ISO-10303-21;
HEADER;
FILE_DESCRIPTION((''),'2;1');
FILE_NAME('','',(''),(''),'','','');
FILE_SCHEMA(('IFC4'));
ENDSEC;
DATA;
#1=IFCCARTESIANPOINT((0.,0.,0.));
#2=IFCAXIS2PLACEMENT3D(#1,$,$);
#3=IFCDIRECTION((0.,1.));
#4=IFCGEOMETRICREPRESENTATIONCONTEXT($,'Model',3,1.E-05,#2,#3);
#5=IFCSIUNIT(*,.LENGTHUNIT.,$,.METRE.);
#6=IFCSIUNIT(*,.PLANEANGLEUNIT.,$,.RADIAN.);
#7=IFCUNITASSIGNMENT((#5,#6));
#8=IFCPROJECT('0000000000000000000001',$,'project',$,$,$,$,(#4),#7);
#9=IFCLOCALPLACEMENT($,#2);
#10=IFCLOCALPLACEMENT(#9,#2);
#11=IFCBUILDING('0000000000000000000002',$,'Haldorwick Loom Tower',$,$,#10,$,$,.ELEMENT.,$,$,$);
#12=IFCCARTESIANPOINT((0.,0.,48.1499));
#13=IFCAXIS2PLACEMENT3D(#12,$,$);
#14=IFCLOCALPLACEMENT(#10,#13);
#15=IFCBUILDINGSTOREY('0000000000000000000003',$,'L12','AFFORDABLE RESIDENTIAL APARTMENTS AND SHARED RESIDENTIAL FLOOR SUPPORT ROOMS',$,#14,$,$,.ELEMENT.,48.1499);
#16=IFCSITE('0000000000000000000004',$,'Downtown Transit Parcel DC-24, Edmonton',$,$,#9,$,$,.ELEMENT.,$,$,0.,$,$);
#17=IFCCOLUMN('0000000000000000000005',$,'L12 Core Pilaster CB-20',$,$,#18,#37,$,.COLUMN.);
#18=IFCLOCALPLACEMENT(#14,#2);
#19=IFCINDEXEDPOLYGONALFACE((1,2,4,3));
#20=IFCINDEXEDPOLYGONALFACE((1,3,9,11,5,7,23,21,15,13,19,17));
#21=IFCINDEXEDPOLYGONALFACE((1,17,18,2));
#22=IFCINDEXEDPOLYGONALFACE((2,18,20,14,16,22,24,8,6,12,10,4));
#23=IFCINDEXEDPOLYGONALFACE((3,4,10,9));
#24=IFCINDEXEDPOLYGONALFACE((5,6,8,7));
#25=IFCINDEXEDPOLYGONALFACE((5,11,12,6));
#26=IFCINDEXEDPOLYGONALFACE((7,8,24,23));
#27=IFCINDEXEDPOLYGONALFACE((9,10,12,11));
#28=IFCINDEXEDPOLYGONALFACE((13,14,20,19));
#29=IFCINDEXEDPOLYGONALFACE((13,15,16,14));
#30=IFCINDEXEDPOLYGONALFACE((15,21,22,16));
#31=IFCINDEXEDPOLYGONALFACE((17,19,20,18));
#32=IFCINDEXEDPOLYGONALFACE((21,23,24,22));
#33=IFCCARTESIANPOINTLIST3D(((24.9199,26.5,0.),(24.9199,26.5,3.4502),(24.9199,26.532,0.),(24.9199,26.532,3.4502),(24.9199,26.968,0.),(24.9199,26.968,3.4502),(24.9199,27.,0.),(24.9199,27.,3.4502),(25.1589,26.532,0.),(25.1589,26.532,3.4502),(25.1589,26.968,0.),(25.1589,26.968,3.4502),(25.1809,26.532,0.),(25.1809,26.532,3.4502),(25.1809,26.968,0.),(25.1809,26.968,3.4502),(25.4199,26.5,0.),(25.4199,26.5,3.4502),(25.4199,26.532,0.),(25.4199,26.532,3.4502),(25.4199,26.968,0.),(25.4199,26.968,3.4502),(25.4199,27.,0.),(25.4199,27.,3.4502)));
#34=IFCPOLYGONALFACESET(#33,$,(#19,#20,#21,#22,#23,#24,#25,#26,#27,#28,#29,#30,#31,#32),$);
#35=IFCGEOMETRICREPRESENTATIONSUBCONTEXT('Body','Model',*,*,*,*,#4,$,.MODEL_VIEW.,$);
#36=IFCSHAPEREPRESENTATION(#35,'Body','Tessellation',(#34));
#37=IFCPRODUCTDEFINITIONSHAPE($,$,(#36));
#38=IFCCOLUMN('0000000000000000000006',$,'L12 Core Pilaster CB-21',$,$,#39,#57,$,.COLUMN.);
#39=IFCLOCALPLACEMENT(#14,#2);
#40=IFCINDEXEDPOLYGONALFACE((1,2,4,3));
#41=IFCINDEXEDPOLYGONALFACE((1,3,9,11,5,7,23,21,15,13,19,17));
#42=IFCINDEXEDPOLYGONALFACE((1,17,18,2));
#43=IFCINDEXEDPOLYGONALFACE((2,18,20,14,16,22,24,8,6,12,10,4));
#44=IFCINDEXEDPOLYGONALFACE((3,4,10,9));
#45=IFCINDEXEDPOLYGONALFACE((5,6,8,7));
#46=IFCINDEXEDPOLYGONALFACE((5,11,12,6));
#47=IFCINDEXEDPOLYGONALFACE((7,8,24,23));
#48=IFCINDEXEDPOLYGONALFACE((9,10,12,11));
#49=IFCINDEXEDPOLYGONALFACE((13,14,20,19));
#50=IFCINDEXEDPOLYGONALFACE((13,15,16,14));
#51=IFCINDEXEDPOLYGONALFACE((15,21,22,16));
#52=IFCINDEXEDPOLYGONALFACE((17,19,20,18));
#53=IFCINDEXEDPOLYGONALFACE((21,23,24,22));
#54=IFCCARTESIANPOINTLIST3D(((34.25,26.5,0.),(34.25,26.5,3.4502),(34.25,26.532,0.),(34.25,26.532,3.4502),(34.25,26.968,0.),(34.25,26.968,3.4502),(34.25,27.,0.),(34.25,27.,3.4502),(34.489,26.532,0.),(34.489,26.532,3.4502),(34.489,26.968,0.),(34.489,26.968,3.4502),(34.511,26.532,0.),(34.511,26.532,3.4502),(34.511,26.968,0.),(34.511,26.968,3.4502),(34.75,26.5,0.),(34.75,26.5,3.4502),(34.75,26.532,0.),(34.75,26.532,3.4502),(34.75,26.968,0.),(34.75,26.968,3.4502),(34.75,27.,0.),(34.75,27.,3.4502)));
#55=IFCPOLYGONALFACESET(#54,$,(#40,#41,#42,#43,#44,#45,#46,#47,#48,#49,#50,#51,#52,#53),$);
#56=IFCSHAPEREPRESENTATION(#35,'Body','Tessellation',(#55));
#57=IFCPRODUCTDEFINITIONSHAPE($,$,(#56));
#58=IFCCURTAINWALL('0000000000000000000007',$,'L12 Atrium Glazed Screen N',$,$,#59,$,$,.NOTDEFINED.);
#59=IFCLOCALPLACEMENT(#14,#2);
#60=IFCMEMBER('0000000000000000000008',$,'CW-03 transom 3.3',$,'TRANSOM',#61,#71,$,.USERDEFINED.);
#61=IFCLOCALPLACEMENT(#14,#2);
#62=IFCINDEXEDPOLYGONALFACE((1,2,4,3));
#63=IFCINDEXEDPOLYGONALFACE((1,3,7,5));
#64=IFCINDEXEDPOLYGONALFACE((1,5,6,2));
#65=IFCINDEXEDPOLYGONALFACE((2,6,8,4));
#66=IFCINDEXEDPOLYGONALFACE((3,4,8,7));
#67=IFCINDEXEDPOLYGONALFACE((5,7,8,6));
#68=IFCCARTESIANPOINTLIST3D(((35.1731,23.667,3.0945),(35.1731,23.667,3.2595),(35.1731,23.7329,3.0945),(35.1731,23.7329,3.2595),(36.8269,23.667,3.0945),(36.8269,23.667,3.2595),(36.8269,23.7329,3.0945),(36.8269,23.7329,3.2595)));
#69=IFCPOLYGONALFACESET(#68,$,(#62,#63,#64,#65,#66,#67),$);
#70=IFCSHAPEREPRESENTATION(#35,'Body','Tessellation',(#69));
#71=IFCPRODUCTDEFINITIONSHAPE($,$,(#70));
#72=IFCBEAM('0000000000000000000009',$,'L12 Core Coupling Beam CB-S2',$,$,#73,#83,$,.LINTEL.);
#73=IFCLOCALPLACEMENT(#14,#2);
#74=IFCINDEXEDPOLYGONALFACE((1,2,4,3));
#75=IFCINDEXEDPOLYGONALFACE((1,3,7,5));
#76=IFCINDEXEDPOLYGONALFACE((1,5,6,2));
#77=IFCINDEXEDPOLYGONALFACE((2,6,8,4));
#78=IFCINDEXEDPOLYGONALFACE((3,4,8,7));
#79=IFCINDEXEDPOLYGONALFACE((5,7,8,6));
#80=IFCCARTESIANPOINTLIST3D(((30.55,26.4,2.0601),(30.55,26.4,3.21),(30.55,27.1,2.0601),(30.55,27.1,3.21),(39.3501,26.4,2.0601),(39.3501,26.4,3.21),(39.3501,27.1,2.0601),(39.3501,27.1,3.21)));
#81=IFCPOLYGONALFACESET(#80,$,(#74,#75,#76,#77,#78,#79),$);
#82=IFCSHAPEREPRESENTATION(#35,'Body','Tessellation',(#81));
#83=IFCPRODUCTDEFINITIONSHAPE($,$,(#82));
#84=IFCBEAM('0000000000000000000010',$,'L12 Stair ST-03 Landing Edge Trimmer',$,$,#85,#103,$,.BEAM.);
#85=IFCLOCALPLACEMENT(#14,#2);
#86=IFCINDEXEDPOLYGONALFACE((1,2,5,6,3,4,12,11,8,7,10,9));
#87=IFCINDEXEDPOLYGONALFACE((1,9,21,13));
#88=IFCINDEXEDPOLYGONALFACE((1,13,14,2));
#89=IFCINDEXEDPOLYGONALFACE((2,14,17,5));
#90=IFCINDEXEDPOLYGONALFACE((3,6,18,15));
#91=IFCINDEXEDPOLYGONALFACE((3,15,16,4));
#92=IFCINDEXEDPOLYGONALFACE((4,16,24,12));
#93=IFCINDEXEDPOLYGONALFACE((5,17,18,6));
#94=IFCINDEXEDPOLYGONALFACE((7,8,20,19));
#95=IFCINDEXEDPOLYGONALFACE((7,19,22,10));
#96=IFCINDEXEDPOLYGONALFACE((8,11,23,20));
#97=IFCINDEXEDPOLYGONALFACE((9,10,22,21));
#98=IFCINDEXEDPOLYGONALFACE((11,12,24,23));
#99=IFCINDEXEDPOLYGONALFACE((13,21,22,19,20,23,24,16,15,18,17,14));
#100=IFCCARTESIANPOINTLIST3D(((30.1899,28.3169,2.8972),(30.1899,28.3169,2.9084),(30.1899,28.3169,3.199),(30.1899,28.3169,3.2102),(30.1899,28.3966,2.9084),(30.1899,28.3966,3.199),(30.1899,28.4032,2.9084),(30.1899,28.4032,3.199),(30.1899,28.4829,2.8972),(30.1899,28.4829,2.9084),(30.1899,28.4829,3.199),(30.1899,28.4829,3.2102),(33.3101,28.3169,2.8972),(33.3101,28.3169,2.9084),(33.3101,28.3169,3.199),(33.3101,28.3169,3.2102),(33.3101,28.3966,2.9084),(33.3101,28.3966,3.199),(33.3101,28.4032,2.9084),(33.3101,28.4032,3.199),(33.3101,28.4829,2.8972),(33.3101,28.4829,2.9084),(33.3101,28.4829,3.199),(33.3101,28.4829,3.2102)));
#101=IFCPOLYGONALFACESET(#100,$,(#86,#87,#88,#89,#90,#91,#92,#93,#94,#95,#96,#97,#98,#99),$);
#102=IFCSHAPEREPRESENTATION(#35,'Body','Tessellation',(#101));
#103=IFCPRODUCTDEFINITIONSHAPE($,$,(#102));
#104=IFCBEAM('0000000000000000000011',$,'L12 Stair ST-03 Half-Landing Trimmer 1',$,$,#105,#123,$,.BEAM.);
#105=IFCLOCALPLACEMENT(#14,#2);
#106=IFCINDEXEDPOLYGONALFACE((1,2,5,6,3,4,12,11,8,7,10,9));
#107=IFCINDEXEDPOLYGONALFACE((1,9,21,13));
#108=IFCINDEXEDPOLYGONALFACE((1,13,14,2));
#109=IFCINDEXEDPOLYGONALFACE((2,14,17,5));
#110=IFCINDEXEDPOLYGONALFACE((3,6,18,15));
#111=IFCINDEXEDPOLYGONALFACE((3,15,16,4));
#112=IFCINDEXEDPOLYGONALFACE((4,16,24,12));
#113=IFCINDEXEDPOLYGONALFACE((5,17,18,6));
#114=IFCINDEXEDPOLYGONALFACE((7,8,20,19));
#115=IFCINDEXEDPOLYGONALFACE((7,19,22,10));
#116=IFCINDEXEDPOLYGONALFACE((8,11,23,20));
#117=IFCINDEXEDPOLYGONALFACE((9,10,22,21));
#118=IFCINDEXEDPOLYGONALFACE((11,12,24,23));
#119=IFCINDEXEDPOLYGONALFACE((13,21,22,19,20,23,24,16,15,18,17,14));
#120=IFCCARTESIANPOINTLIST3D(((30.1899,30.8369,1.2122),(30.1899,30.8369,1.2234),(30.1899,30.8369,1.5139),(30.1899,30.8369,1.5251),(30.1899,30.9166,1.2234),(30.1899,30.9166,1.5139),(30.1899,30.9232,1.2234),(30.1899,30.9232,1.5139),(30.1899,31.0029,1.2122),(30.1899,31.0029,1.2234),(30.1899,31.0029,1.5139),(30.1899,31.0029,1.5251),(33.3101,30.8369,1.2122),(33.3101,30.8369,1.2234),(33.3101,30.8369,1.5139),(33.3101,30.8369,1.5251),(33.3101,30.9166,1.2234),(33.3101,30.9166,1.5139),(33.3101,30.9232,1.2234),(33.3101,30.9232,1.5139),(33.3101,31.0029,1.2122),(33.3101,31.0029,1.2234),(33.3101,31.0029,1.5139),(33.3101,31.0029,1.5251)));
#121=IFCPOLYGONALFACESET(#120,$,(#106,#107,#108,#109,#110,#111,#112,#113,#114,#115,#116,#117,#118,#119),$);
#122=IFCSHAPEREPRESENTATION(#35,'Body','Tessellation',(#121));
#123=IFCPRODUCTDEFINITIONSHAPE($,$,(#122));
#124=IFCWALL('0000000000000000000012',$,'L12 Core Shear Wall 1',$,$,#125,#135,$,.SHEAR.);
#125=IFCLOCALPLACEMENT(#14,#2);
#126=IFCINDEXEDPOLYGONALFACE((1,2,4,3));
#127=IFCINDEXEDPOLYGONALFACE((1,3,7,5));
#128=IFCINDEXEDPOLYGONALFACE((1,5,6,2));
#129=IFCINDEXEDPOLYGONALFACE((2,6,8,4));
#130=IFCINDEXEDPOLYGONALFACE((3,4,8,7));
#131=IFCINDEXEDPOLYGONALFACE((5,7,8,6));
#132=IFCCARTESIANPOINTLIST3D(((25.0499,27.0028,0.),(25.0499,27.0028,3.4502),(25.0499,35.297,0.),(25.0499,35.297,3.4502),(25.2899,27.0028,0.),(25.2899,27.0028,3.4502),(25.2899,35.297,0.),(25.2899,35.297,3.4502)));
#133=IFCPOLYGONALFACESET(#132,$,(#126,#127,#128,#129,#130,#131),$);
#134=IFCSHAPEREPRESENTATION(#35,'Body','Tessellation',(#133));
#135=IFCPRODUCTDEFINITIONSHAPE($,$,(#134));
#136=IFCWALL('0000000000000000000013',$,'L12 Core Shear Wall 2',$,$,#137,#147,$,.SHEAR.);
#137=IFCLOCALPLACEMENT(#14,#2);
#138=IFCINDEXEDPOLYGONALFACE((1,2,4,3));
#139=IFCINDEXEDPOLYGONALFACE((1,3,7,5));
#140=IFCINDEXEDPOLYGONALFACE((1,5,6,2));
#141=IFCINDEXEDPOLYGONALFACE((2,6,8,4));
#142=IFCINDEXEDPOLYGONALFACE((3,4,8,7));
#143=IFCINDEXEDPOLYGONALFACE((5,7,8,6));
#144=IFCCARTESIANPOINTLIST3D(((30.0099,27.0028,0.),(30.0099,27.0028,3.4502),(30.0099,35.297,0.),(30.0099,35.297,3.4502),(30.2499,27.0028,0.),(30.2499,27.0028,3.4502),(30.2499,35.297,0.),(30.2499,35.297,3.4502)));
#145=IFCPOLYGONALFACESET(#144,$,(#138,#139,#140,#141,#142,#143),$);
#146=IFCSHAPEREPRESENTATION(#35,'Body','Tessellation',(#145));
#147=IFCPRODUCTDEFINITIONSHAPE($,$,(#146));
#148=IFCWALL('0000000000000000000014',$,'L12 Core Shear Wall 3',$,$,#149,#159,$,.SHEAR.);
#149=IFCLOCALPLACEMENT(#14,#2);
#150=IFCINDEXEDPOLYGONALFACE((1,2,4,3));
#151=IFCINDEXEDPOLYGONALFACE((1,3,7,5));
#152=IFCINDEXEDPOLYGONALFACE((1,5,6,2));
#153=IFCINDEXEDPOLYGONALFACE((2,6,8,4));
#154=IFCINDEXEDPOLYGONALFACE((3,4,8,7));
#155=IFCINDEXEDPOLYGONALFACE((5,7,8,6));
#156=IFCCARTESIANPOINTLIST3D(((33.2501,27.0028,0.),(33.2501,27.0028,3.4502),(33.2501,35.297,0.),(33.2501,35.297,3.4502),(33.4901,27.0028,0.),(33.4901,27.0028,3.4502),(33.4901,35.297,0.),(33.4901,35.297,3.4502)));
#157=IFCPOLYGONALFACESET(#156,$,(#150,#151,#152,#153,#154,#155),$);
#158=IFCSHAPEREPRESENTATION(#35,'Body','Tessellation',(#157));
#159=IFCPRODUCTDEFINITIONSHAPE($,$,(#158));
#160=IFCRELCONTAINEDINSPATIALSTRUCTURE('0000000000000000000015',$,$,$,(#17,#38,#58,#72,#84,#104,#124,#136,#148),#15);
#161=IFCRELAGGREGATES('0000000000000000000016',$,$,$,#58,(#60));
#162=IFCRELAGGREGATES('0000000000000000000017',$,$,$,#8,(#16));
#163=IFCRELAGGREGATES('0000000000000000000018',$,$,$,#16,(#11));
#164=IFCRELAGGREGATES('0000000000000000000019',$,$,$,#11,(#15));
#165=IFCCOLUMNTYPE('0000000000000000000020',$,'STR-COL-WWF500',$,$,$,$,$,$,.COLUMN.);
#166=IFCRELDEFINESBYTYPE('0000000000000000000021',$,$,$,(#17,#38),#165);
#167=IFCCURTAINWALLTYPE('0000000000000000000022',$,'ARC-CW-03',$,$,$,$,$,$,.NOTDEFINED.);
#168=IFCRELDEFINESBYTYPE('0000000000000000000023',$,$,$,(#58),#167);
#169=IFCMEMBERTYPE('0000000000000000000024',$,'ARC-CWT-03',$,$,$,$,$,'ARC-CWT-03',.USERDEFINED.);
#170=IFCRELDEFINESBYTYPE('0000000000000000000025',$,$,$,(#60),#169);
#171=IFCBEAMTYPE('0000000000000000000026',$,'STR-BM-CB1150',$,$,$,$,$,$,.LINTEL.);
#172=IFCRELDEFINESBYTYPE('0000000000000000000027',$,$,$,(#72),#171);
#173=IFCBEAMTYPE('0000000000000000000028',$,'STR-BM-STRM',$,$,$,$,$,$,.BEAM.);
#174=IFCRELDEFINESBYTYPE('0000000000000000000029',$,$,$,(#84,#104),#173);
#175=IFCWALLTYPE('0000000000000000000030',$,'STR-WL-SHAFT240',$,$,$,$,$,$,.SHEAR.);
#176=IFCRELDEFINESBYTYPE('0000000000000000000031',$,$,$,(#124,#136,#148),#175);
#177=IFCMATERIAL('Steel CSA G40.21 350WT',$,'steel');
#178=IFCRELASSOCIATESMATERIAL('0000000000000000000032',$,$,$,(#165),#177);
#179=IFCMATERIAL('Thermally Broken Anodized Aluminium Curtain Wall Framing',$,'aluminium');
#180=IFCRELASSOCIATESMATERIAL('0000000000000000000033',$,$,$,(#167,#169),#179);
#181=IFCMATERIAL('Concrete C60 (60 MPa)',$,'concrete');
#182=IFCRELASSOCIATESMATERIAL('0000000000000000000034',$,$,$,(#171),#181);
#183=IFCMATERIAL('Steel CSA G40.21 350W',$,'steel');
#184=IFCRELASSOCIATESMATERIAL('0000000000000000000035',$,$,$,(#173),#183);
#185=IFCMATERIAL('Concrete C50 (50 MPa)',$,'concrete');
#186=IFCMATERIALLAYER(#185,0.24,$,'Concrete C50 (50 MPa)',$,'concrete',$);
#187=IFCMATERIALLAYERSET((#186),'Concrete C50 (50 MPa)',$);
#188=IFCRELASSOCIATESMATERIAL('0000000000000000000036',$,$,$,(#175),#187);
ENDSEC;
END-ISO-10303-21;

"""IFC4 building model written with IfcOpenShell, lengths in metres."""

from ifc_helpers import new_model, si_unit, direction, frame, frame_2d, origin, origin_2d, place, context, subcontext, project, spatial, rectangle, i_section, extrude, material, layer, layer_set, material_profile, profile_set, type_object, element, aggregate, save


model = new_model("IFC4")

# Units and contexts
model_context = context("Model", 3, precision=1e-05, world=origin(), true_north=direction((0.0, 1.0)))
body_context = subcontext(model_context, "Body", "Model", "MODEL_VIEW")
ifc_project = project(units=[si_unit("LENGTHUNIT", "METRE"), si_unit("PLANEANGLEUNIT", "RADIAN")], contexts=[model_context])

# Site, building, storey
site_placement = place(None, origin())
site = spatial("IfcSite", under=ifc_project, at=site_placement, Name="Downtown Transit Parcel DC-24, Edmonton", CompositionType="ELEMENT", RefElevation=0.0)
building_placement = place(site_placement, origin())
building = spatial("IfcBuilding", under=site, at=building_placement, Name="Haldorwick Loom Tower", CompositionType="ELEMENT")
storey_placement = place(building_placement, frame((0.0, 0.0, 48.1499)))
storey = spatial("IfcBuildingStorey", under=building, at=storey_placement, Name="L12", Description="AFFORDABLE RESIDENTIAL APARTMENTS AND SHARED RESIDENTIAL FLOOR SUPPORT ROOMS", CompositionType="ELEMENT", Elevation=48.1499)

# Columns
ifc_material_1 = material(Name="Steel CSA G40.21 350WT", Category="steel")
ifc_material_profile_1 = material_profile(ifc_material_1, i_section(OverallWidth=0.5, OverallDepth=0.5, WebThickness=0.022, FlangeThickness=0.032, at=origin_2d()), Name="WWF500X500", Category="steel")
ifc_profile_set_1 = profile_set([ifc_material_profile_1], Name="Steel CSA G40.21 350WT")
column_type = type_object("IfcColumnType", Name="STR-COL-WWF500", PredefinedType="COLUMN", material=ifc_profile_set_1)
for number, where, z_axis, x_axis, name in (
    (1, (25.1699, 26.75, 0.0), (0.0, 0.0, 1.0), (1.0, 0.0, 0.0), "L12 Core Pilaster CB-20"),
    (2, (34.5, 26.75, 0.0), (0.0, 0.0, 1.0), (1.0, 0.0, 0.0), "L12 Core Pilaster CB-21"),
):
    element("IfcColumn", number, at=place(storey_placement, frame(where, z_axis=z_axis, x_axis=x_axis)), inside=storey, type_object=column_type, Name=name, PredefinedType="COLUMN", context=body_context, shape_type="SweptSolid", body=[
        extrude(i_section(OverallWidth=0.5, OverallDepth=0.5, WebThickness=0.022, FlangeThickness=0.032, at=origin_2d()), origin(), (0.0, 0.0, 1.0), 3.4502),
    ])

# Curtain wall, member
ifc_material_2 = material(Name="Thermally Broken Anodized Aluminium Curtain Wall Framing", Category="aluminium")
curtain_wall_type = type_object("IfcCurtainWallType", Name="ARC-CW-03", PredefinedType="NOTDEFINED", material=ifc_material_2)
curtain_wall_placement = place(storey_placement, origin())
curtain_wall = element("IfcCurtainWall", 3, at=curtain_wall_placement, inside=storey, type_object=curtain_wall_type, Name="L12 Atrium Glazed Screen N", PredefinedType="NOTDEFINED")
ifc_material_profile_2 = material_profile(ifc_material_2, rectangle(XDim=0.0659, YDim=0.165, at=origin_2d()), Name="ALU_TRN_66X165", Category="aluminium")
ifc_profile_set_2 = profile_set([ifc_material_profile_2], Name="Thermally Broken Anodized Aluminium Curtain Wall Framing")
member_type = type_object("IfcMemberType", Name="ARC-CWT-03", ElementType="ARC-CWT-03", PredefinedType="USERDEFINED", material=ifc_profile_set_2)
member_placement = place(storey_placement, frame((35.1731, 23.7, 3.177), z_axis=(1.0, 0.0, 0.0), x_axis=(0.0, 1.0, 0.0)))
member = element("IfcMember", 4, at=member_placement, type_object=member_type, Name="CW-03 transom 3.3", ObjectType="TRANSOM", PredefinedType="USERDEFINED", context=body_context, shape_type="SweptSolid", body=[
    extrude(rectangle(XDim=0.0659, YDim=0.165, at=origin_2d()), origin(), (0.0, 0.0, 1.0), 1.6538),
])
aggregate(curtain_wall, [member])

# Beams
ifc_material_3 = material(Name="Concrete C60 (60 MPa)", Category="concrete")
ifc_material_profile_3 = material_profile(ifc_material_3, rectangle(XDim=0.7, YDim=1.1499, at=origin_2d()), Name="RC700X1150", Category="concrete")
ifc_profile_set_3 = profile_set([ifc_material_profile_3], Name="Concrete C60 (60 MPa)")
beam_type_1 = type_object("IfcBeamType", Name="STR-BM-CB1150", PredefinedType="LINTEL", material=ifc_profile_set_3)
beam_placement = place(storey_placement, frame((30.55, 26.75, 2.635), z_axis=(1.0, 0.0, 0.0), x_axis=(0.0, 1.0, 0.0)))
element("IfcBeam", 5, at=beam_placement, inside=storey, type_object=beam_type_1, Name="L12 Core Coupling Beam CB-S2", PredefinedType="LINTEL", context=body_context, shape_type="SweptSolid", body=[
    extrude(rectangle(XDim=0.7, YDim=1.1499, at=origin_2d()), origin(), (0.0, 0.0, 1.0), 8.8),
])
ifc_material_4 = material(Name="Steel CSA G40.21 350W", Category="steel")
ifc_material_profile_4 = material_profile(ifc_material_4, i_section(OverallWidth=0.166, OverallDepth=0.313, WebThickness=0.0066, FlangeThickness=0.0112, at=origin_2d()), Name="W310X45", Category="steel")
ifc_profile_set_4 = profile_set([ifc_material_profile_4], Name="Steel CSA G40.21 350W")
beam_type_2 = type_object("IfcBeamType", Name="STR-BM-STRM", PredefinedType="BEAM", material=ifc_profile_set_4)
for number, where, z_axis, x_axis, name in (
    (6, (30.1899, 28.3999, 3.0537), (1.0, 0.0, 0.0), (0.0, 1.0, 0.0), "L12 Stair ST-03 Landing Edge Trimmer"),
    (7, (30.1899, 30.9199, 1.3687), (1.0, 0.0, 0.0), (0.0, 1.0, 0.0), "L12 Stair ST-03 Half-Landing Trimmer 1"),
):
    element("IfcBeam", number, at=place(storey_placement, frame(where, z_axis=z_axis, x_axis=x_axis)), inside=storey, type_object=beam_type_2, Name=name, PredefinedType="BEAM", context=body_context, shape_type="SweptSolid", body=[
        extrude(i_section(OverallWidth=0.166, OverallDepth=0.313, WebThickness=0.0066, FlangeThickness=0.0112, at=origin_2d()), origin(), (0.0, 0.0, 1.0), 3.1201),
    ])

# Walls
ifc_material_5 = material(Name="Concrete C50 (50 MPa)", Category="concrete")
ifc_layer = layer(ifc_material_5, 0.24, Name="Concrete C50 (50 MPa)", Category="concrete")
ifc_layer_set = layer_set([ifc_layer], Name="Concrete C50 (50 MPa)")
wall_type = type_object("IfcWallType", Name="STR-WL-SHAFT240", PredefinedType="SHEAR", material=ifc_layer_set)
for number, where, z_axis, x_axis, name in (
    (8, (25.1699, 27.0029, 0.0), (0.0, 0.0, 1.0), (0.0, 1.0, 0.0), "L12 Core Shear Wall 1"),
    (9, (30.1299, 27.0029, 0.0), (0.0, 0.0, 1.0), (0.0, 1.0, 0.0), "L12 Core Shear Wall 2"),
    (10, (33.3701, 27.0029, 0.0), (0.0, 0.0, 1.0), (0.0, 1.0, 0.0), "L12 Core Shear Wall 3"),
):
    element("IfcWall", number, at=place(storey_placement, frame(where, z_axis=z_axis, x_axis=x_axis)), inside=storey, type_object=wall_type, Name=name, PredefinedType="SHEAR", context=body_context, shape_type="SweptSolid", body=[
        extrude(rectangle(XDim=8.2942, YDim=0.24, at=frame_2d((4.147, 0.0))), origin(), (0.0, 0.0, 1.0), 3.4502),
    ])

save(model, "model.ifc")
